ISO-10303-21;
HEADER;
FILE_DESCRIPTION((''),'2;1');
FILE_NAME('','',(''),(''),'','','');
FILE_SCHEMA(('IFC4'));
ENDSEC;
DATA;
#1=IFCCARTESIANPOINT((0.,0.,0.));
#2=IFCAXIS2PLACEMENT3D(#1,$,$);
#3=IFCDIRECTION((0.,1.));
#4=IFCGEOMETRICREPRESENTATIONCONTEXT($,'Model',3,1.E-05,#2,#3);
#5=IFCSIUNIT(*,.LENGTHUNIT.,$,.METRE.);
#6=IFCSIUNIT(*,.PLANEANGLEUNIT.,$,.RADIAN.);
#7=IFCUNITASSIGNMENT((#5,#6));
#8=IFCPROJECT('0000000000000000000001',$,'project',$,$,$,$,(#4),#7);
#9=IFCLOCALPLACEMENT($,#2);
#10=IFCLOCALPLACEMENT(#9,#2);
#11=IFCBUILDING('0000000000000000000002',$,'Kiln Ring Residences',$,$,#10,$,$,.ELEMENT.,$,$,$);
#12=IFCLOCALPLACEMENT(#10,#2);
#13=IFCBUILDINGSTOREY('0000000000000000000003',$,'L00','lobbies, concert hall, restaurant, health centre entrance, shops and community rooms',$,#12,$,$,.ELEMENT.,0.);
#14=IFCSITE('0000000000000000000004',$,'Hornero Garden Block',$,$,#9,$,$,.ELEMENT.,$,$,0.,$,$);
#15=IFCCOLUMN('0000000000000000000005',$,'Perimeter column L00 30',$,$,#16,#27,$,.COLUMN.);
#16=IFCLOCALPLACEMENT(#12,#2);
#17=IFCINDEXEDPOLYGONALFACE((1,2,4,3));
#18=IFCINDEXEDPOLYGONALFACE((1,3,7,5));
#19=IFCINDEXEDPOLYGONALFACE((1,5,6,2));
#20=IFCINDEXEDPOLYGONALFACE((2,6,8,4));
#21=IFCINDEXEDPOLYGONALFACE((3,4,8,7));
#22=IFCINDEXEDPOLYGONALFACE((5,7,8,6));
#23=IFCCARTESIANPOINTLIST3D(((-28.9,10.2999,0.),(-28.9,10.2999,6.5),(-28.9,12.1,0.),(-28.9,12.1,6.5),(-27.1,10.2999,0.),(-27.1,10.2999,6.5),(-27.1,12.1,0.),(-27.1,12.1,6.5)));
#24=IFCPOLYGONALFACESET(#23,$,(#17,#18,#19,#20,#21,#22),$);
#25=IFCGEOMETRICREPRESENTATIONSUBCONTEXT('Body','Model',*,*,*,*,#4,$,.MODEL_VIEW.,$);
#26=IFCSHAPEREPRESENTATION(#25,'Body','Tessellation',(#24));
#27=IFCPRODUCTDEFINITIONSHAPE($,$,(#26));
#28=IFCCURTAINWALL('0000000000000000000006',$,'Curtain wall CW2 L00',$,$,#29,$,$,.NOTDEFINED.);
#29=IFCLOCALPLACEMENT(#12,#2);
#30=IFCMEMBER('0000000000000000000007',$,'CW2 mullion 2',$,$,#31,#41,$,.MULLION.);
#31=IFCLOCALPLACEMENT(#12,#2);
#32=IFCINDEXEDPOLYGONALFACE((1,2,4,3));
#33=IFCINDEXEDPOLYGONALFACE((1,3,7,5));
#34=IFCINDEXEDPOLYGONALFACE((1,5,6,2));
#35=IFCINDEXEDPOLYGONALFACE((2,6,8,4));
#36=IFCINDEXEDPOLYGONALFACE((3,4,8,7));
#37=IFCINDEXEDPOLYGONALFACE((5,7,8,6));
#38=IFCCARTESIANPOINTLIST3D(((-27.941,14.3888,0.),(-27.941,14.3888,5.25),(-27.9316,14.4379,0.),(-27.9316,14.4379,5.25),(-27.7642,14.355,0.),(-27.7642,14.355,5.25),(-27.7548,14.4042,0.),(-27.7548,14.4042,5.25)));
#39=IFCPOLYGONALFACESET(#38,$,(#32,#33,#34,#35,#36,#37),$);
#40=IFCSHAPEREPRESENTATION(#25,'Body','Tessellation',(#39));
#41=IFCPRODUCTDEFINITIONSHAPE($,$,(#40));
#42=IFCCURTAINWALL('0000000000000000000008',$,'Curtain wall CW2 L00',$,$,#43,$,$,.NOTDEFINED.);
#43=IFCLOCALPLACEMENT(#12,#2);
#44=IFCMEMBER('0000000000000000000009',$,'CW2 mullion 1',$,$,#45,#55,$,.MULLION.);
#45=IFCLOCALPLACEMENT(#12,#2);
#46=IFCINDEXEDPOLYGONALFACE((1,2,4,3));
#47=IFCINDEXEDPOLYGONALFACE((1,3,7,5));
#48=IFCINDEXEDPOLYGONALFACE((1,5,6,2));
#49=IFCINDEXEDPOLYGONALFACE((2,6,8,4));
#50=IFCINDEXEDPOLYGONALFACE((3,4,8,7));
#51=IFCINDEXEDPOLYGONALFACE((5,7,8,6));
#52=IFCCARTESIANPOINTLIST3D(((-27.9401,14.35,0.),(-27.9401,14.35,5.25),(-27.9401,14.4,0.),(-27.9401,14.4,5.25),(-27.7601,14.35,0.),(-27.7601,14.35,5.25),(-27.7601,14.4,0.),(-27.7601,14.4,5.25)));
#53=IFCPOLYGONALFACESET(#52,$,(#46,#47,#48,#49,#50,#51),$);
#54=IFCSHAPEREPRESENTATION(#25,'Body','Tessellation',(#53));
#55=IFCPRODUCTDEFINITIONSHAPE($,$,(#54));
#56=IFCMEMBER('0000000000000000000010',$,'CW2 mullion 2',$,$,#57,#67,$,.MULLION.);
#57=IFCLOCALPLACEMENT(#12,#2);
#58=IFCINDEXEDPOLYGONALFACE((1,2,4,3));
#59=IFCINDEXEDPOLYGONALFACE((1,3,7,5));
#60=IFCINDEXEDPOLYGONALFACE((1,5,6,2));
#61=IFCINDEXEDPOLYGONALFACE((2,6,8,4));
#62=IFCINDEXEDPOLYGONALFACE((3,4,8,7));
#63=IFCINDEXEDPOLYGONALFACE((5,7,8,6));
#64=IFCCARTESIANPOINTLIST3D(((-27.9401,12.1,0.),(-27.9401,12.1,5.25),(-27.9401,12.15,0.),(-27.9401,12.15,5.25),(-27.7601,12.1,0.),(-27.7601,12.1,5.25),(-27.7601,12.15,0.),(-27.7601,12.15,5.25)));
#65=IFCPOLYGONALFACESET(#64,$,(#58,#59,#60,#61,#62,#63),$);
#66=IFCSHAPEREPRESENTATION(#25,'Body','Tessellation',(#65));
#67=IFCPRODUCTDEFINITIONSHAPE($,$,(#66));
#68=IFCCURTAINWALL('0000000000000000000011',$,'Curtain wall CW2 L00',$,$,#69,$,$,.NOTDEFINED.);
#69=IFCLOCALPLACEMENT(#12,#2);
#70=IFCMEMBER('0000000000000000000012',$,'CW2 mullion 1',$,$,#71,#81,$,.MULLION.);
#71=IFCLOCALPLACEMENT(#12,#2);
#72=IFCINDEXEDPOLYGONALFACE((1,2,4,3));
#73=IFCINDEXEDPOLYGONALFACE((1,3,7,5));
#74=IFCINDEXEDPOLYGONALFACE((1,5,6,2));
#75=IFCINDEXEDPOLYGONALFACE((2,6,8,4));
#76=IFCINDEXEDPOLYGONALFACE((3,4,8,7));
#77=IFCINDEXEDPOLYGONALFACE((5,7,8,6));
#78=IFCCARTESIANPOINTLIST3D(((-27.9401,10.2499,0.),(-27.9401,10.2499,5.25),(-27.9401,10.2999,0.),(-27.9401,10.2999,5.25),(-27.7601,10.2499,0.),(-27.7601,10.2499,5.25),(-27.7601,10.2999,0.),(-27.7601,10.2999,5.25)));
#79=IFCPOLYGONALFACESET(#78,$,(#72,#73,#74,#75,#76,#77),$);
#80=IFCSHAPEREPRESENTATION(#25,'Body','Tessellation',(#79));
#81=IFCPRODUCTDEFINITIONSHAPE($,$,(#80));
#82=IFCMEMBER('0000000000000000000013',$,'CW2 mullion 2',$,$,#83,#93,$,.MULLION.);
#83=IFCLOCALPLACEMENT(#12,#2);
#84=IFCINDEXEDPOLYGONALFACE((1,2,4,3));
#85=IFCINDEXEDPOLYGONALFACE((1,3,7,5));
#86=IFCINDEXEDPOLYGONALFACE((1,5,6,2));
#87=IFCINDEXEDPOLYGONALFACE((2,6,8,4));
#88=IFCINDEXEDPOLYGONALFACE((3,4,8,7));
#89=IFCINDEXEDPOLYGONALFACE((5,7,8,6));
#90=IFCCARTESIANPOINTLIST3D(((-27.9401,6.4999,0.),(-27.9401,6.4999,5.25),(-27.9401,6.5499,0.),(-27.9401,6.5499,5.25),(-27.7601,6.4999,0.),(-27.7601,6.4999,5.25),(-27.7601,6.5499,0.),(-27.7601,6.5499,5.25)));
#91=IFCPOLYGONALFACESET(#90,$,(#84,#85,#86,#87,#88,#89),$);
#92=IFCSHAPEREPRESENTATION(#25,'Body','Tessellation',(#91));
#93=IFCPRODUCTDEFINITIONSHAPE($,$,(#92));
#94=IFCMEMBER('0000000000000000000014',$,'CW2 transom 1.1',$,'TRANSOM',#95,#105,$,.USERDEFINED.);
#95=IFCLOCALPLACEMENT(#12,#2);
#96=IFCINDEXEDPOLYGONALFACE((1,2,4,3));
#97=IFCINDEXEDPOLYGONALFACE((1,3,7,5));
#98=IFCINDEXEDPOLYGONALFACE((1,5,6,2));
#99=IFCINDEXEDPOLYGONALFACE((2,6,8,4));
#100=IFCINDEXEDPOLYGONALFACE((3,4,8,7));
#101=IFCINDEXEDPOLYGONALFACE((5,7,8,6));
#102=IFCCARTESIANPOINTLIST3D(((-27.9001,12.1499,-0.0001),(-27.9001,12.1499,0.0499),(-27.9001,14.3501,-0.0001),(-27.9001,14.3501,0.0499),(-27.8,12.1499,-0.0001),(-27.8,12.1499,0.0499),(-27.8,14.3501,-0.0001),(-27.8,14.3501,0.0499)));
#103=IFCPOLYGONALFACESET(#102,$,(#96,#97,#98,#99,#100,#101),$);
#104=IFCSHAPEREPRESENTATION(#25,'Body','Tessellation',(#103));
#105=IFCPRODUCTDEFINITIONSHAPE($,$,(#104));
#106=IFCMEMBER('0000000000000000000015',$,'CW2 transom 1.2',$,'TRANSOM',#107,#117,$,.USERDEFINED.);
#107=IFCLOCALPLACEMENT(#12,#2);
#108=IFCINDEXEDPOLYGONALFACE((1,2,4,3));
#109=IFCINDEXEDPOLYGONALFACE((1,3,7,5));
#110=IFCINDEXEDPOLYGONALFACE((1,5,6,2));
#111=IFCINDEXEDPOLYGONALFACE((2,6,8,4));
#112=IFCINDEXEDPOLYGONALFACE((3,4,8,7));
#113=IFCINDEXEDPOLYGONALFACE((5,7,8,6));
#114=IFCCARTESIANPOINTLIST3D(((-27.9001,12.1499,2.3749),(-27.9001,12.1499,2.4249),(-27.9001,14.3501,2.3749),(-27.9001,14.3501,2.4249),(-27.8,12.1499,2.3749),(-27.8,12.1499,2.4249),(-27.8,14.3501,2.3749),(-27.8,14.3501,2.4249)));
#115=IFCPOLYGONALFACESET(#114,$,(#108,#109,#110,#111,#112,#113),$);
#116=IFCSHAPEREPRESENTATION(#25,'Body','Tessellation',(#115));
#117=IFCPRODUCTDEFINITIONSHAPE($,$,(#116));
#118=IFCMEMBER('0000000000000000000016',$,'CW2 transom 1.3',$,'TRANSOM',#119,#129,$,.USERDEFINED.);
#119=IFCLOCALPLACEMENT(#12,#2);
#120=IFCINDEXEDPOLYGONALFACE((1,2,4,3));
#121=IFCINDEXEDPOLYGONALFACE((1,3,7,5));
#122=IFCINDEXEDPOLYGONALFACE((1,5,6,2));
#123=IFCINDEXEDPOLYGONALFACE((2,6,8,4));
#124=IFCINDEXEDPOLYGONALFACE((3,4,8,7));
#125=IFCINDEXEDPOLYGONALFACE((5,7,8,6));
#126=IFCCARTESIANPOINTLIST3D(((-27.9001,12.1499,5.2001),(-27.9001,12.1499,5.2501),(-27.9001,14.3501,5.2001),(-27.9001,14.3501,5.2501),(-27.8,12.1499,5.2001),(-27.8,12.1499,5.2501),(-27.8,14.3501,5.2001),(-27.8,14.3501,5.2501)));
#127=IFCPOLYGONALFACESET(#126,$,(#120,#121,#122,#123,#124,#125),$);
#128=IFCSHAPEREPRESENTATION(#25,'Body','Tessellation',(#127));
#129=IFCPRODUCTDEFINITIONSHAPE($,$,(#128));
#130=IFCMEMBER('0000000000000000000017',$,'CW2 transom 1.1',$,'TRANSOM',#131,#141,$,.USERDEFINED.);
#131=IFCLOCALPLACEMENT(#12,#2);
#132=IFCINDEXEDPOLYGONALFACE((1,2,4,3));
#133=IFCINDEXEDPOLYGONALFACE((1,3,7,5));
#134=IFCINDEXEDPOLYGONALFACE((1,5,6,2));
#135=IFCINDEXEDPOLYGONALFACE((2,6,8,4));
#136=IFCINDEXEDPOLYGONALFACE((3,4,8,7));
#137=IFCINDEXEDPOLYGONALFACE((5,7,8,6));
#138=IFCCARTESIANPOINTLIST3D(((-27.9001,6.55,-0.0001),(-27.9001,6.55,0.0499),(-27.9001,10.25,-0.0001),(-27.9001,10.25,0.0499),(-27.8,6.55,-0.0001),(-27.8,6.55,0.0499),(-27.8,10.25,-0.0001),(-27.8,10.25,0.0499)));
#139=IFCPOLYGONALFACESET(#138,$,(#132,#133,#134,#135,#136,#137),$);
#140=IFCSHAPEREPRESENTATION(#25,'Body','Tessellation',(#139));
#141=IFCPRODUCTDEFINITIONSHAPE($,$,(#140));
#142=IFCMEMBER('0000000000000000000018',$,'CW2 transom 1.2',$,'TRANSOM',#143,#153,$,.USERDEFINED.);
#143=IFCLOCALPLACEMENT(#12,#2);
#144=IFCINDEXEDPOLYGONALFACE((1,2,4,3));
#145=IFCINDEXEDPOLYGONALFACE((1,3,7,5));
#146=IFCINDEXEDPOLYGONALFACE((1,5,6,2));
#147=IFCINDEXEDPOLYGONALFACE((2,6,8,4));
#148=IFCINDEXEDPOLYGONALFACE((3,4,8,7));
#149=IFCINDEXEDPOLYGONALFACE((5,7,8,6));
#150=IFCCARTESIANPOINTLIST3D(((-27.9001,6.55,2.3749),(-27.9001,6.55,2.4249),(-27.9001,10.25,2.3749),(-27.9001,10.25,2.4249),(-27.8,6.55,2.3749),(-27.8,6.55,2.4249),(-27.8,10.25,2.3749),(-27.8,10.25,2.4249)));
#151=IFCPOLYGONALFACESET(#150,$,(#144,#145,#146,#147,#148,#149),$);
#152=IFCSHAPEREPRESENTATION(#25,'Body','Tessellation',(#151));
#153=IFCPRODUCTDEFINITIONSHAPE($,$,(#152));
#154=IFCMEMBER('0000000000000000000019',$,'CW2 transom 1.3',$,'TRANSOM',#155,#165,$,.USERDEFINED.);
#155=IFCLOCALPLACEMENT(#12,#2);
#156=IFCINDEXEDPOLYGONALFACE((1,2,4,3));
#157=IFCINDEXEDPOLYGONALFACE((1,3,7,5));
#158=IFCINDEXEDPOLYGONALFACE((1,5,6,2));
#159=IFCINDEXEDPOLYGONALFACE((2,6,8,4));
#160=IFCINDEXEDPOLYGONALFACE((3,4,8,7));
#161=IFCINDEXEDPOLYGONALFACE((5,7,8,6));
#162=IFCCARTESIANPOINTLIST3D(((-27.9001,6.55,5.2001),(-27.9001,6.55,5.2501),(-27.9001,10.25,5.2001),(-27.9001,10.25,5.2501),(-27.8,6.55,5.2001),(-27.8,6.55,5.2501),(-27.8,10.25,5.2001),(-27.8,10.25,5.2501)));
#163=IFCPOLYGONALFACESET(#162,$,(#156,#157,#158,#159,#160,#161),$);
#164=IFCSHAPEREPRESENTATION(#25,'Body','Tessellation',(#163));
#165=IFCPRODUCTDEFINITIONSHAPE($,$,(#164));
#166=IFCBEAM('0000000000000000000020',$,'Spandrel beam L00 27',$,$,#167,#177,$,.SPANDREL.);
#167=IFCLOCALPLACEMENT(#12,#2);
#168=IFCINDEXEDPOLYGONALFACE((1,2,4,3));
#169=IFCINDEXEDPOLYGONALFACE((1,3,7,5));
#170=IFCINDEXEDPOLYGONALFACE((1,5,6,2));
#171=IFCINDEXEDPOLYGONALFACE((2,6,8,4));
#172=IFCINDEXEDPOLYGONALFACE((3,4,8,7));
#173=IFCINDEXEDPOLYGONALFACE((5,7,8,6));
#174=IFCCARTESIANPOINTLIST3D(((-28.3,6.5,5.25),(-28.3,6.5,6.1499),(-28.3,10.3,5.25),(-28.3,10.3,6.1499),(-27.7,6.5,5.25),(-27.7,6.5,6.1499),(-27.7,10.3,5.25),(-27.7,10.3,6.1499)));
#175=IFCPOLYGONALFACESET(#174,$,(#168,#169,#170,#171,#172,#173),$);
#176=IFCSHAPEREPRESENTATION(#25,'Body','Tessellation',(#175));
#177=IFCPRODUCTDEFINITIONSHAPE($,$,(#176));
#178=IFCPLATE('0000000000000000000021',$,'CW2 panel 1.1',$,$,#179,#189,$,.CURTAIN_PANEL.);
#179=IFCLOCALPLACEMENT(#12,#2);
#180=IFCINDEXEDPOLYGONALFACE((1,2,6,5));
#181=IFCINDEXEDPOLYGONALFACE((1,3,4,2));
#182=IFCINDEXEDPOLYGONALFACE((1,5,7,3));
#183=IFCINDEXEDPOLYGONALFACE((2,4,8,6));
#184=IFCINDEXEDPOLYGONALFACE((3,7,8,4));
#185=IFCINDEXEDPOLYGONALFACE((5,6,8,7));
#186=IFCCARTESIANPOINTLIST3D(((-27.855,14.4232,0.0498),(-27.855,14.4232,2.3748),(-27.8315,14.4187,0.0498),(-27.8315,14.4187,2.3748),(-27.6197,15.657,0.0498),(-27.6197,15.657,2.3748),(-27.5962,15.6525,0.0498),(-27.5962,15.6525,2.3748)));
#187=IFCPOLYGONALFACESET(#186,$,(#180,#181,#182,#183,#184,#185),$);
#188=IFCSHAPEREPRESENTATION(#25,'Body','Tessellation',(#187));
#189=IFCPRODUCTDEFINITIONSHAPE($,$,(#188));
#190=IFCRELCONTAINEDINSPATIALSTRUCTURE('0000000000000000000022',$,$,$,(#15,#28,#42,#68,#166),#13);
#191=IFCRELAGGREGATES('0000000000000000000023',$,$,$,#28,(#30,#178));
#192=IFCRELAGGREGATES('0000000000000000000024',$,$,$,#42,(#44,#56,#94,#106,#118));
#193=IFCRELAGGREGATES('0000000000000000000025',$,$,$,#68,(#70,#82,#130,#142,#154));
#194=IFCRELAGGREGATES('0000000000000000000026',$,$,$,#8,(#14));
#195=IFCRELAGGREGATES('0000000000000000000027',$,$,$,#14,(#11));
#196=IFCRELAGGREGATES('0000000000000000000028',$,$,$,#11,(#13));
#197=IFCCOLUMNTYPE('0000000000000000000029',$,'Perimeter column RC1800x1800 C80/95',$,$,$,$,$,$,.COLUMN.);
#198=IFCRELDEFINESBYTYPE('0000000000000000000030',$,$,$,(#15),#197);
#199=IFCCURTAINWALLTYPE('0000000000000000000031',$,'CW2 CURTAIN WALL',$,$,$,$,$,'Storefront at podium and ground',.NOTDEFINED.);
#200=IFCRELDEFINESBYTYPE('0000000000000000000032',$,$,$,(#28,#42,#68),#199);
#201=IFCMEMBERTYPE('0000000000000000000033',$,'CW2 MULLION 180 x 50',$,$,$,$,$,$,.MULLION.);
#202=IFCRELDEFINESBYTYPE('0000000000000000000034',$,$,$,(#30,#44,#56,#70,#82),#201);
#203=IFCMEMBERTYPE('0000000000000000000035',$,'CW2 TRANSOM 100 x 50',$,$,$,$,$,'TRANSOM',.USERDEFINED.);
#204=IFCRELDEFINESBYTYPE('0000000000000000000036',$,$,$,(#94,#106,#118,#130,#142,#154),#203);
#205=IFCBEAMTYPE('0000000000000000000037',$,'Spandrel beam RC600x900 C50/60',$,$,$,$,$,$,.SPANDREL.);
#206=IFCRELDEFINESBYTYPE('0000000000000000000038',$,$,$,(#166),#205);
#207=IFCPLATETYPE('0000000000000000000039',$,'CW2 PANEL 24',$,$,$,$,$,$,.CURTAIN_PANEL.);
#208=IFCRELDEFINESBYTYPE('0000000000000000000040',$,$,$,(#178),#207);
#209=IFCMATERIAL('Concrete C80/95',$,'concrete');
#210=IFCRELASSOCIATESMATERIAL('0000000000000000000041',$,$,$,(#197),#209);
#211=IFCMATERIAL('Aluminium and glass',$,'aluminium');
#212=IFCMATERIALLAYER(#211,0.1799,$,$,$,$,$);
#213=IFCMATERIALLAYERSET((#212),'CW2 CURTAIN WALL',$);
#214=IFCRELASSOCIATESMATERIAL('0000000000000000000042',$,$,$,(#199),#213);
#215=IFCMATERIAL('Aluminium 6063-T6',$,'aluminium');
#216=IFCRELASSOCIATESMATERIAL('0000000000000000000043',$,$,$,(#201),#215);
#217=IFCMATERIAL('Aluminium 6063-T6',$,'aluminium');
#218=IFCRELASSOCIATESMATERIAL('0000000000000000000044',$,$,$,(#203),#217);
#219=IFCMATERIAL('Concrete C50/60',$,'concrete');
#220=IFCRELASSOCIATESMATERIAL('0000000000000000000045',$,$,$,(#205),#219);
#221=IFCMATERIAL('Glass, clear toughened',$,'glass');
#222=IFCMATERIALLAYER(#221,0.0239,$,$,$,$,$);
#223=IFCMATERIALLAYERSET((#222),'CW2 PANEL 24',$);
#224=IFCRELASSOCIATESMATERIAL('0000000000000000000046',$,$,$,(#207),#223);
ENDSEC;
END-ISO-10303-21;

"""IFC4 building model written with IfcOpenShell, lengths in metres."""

from ifc_helpers import new_model, si_unit, direction, frame, origin, origin_2d, place, context, subcontext, project, spatial, rectangle, extrude, material, layer, layer_set, material_profile, profile_set, type_object, element, aggregate, save


model = new_model("IFC4")

# Units and contexts
model_context = context("Model", 3, precision=1e-05, world=origin(), true_north=direction((0.0, 1.0)))
body_context = subcontext(model_context, "Body", "Model", "MODEL_VIEW")
ifc_project = project(units=[si_unit("LENGTHUNIT", "METRE"), si_unit("PLANEANGLEUNIT", "RADIAN")], contexts=[model_context])

# Site, building, storey
site_placement = place(None, origin())
site = spatial("IfcSite", under=ifc_project, at=site_placement, Name="Hornero Garden Block", CompositionType="ELEMENT", RefElevation=0.0)
building_placement = place(site_placement, origin())
building = spatial("IfcBuilding", under=site, at=building_placement, Name="Kiln Ring Residences", CompositionType="ELEMENT")
storey_placement = place(building_placement, origin())
storey = spatial("IfcBuildingStorey", under=building, at=storey_placement, Name="L00", Description="lobbies, concert hall, restaurant, health centre entrance, shops and community rooms", CompositionType="ELEMENT", Elevation=0.0)

# Column
ifc_material_1 = material(Name="Concrete C80/95", Category="concrete")
ifc_material_profile_1 = material_profile(ifc_material_1, rectangle(XDim=1.8, YDim=1.8, at=origin_2d()), Name="RC1800x1800")
ifc_profile_set_1 = profile_set([ifc_material_profile_1], Name="Concrete C80/95")
column_type = type_object("IfcColumnType", Name="Perimeter column RC1800x1800 C80/95", PredefinedType="COLUMN", material=ifc_profile_set_1)
column_placement = place(storey_placement, frame((-28.0, 11.2, 0.0), z_axis=(0.0, 0.0, 1.0), x_axis=(1.0, 0.0, 0.0)))
element("IfcColumn", 1, at=column_placement, inside=storey, type_object=column_type, Name="Perimeter column L00 30", PredefinedType="COLUMN", context=body_context, shape_type="SweptSolid", body=[
    extrude(rectangle(XDim=1.8, YDim=1.8, at=origin_2d()), origin(), (0.0, 0.0, 1.0), 6.5),
])

# Curtain wall, member
ifc_material_2 = material(Name="Aluminium and glass", Category="aluminium")
ifc_layer_1 = layer(ifc_material_2, 0.1799)
ifc_layer_set_1 = layer_set([ifc_layer_1], Name="CW2 CURTAIN WALL")
curtain_wall_type = type_object("IfcCurtainWallType", Name="CW2 CURTAIN WALL", ElementType="Storefront at podium and ground", PredefinedType="NOTDEFINED", material=ifc_layer_set_1)
placement = place(storey_placement, origin())
curtain_wall_1 = element("IfcCurtainWall", 2, at=placement, inside=storey, type_object=curtain_wall_type, Name="Curtain wall CW2 L00", PredefinedType="NOTDEFINED")
ifc_material_3 = material(Name="Aluminium 6063-T6", Category="aluminium")
ifc_material_profile_2 = material_profile(ifc_material_3, rectangle(XDim=0.1799, YDim=0.05, at=origin_2d()), Name="AL 180x50")
ifc_profile_set_2 = profile_set([ifc_material_profile_2], Name="Aluminium 6063-T6")
member_type_1 = type_object("IfcMemberType", Name="CW2 MULLION 180 x 50", PredefinedType="MULLION", material=ifc_profile_set_2)
member_1_placement = place(storey_placement, frame((-27.8479, 14.3965, 0.0), z_axis=(0.0, 0.0, 1.0), x_axis=(0.98229, -0.187366, 0.0)))
member_1 = element("IfcMember", 3, at=member_1_placement, type_object=member_type_1, Name="CW2 mullion 2", PredefinedType="MULLION", context=body_context, shape_type="SweptSolid", body=[
    extrude(rectangle(XDim=0.1799, YDim=0.05, at=origin_2d()), origin(), (0.0, 0.0, 1.0), 5.25),
])

# Curtain walls, members
curtain_wall_2 = element("IfcCurtainWall", 4, at=placement, inside=storey, type_object=curtain_wall_type, Name="Curtain wall CW2 L00", PredefinedType="NOTDEFINED")
member_2_placement = place(storey_placement, frame((-27.8501, 14.375, 0.0), z_axis=(0.0, 0.0, 1.0), x_axis=(1.0, 0.0, 0.0)))
member_2 = element("IfcMember", 5, at=member_2_placement, type_object=member_type_1, Name="CW2 mullion 1", PredefinedType="MULLION", context=body_context, shape_type="SweptSolid", body=[
    extrude(rectangle(XDim=0.1799, YDim=0.05, at=origin_2d()), origin(), (0.0, 0.0, 1.0), 5.25),
])
member_3_placement = place(storey_placement, frame((-27.8501, 12.125, 0.0), z_axis=(0.0, 0.0, 1.0), x_axis=(1.0, 0.0, 0.0)))
member_3 = element("IfcMember", 6, at=member_3_placement, type_object=member_type_1, Name="CW2 mullion 2", PredefinedType="MULLION", context=body_context, shape_type="SweptSolid", body=[
    extrude(rectangle(XDim=0.1799, YDim=0.05, at=origin_2d()), origin(), (0.0, 0.0, 1.0), 5.25),
])
curtain_wall_3 = element("IfcCurtainWall", 7, at=placement, inside=storey, type_object=curtain_wall_type, Name="Curtain wall CW2 L00", PredefinedType="NOTDEFINED")
member_4_placement = place(storey_placement, frame((-27.8501, 10.2749, 0.0), z_axis=(0.0, 0.0, 1.0), x_axis=(1.0, 0.0, 0.0)))
member_4 = element("IfcMember", 8, at=member_4_placement, type_object=member_type_1, Name="CW2 mullion 1", PredefinedType="MULLION", context=body_context, shape_type="SweptSolid", body=[
    extrude(rectangle(XDim=0.1799, YDim=0.05, at=origin_2d()), origin(), (0.0, 0.0, 1.0), 5.25),
])
member_5_placement = place(storey_placement, frame((-27.8501, 6.5249, 0.0), z_axis=(0.0, 0.0, 1.0), x_axis=(1.0, 0.0, 0.0)))
member_5 = element("IfcMember", 9, at=member_5_placement, type_object=member_type_1, Name="CW2 mullion 2", PredefinedType="MULLION", context=body_context, shape_type="SweptSolid", body=[
    extrude(rectangle(XDim=0.1799, YDim=0.05, at=origin_2d()), origin(), (0.0, 0.0, 1.0), 5.25),
])

# Members
ifc_material_4 = material(Name="Aluminium 6063-T6", Category="aluminium")
ifc_material_profile_3 = material_profile(ifc_material_4, rectangle(XDim=0.1001, YDim=0.05, at=origin_2d()), Name="AL 100x50")
ifc_profile_set_3 = profile_set([ifc_material_profile_3], Name="Aluminium 6063-T6")
member_type_2 = type_object("IfcMemberType", Name="CW2 TRANSOM 100 x 50", ElementType="TRANSOM", PredefinedType="USERDEFINED", material=ifc_profile_set_3)
member_6_placement = place(storey_placement, frame((-27.8501, 14.3501, 0.0249), z_axis=(0.0, -1.0, 0.0), x_axis=(1.0, 0.0, 0.0)))
member_6 = element("IfcMember", 10, at=member_6_placement, type_object=member_type_2, Name="CW2 transom 1.1", ObjectType="TRANSOM", PredefinedType="USERDEFINED", context=body_context, shape_type="SweptSolid", body=[
    extrude(rectangle(XDim=0.1001, YDim=0.05, at=origin_2d()), origin(), (0.0, 0.0, 1.0), 2.2002),
])
member_7_placement = place(storey_placement, frame((-27.8501, 14.3501, 2.3999), z_axis=(0.0, -1.0, 0.0), x_axis=(1.0, 0.0, 0.0)))
member_7 = element("IfcMember", 11, at=member_7_placement, type_object=member_type_2, Name="CW2 transom 1.2", ObjectType="TRANSOM", PredefinedType="USERDEFINED", context=body_context, shape_type="SweptSolid", body=[
    extrude(rectangle(XDim=0.1001, YDim=0.05, at=origin_2d()), origin(), (0.0, 0.0, 1.0), 2.2002),
])
member_8_placement = place(storey_placement, frame((-27.8501, 14.3501, 5.2251), z_axis=(0.0, -1.0, 0.0), x_axis=(1.0, 0.0, 0.0)))
member_8 = element("IfcMember", 12, at=member_8_placement, type_object=member_type_2, Name="CW2 transom 1.3", ObjectType="TRANSOM", PredefinedType="USERDEFINED", context=body_context, shape_type="SweptSolid", body=[
    extrude(rectangle(XDim=0.1001, YDim=0.05, at=origin_2d()), origin(), (0.0, 0.0, 1.0), 2.2002),
])
member_9_placement = place(storey_placement, frame((-27.8501, 10.25, 0.0249), z_axis=(0.0, -1.0, 0.0), x_axis=(1.0, 0.0, 0.0)))
member_9 = element("IfcMember", 13, at=member_9_placement, type_object=member_type_2, Name="CW2 transom 1.1", ObjectType="TRANSOM", PredefinedType="USERDEFINED", context=body_context, shape_type="SweptSolid", body=[
    extrude(rectangle(XDim=0.1001, YDim=0.05, at=origin_2d()), origin(), (0.0, 0.0, 1.0), 3.7),
])
member_10_placement = place(storey_placement, frame((-27.8501, 10.25, 2.3999), z_axis=(0.0, -1.0, 0.0), x_axis=(1.0, 0.0, 0.0)))
member_10 = element("IfcMember", 14, at=member_10_placement, type_object=member_type_2, Name="CW2 transom 1.2", ObjectType="TRANSOM", PredefinedType="USERDEFINED", context=body_context, shape_type="SweptSolid", body=[
    extrude(rectangle(XDim=0.1001, YDim=0.05, at=origin_2d()), origin(), (0.0, 0.0, 1.0), 3.7),
])
member_11_placement = place(storey_placement, frame((-27.8501, 10.25, 5.2251), z_axis=(0.0, -1.0, 0.0), x_axis=(1.0, 0.0, 0.0)))
member_11 = element("IfcMember", 15, at=member_11_placement, type_object=member_type_2, Name="CW2 transom 1.3", ObjectType="TRANSOM", PredefinedType="USERDEFINED", context=body_context, shape_type="SweptSolid", body=[
    extrude(rectangle(XDim=0.1001, YDim=0.05, at=origin_2d()), origin(), (0.0, 0.0, 1.0), 3.7),
])

# Beam
ifc_material_5 = material(Name="Concrete C50/60", Category="concrete")
ifc_material_profile_4 = material_profile(ifc_material_5, rectangle(XDim=0.6001, YDim=0.8999, at=origin_2d()), Name="RC600x900")
ifc_profile_set_4 = profile_set([ifc_material_profile_4], Name="Concrete C50/60")
beam_type = type_object("IfcBeamType", Name="Spandrel beam RC600x900 C50/60", PredefinedType="SPANDREL", material=ifc_profile_set_4)
beam_placement = place(storey_placement, frame((-28.0, 10.3, 5.7), z_axis=(0.0, -1.0, 0.0), x_axis=(1.0, 0.0, 0.0)))
element("IfcBeam", 16, at=beam_placement, inside=storey, type_object=beam_type, Name="Spandrel beam L00 27", PredefinedType="SPANDREL", context=body_context, shape_type="SweptSolid", body=[
    extrude(rectangle(XDim=0.6001, YDim=0.8999, at=origin_2d()), origin(), (0.0, 0.0, 1.0), 3.8),
])

# Plate
ifc_material_6 = material(Name="Glass, clear toughened", Category="glass")
ifc_layer_2 = layer(ifc_material_6, 0.0239)
ifc_layer_set_2 = layer_set([ifc_layer_2], Name="CW2 PANEL 24")
plate_type = type_object("IfcPlateType", Name="CW2 PANEL 24", PredefinedType="CURTAIN_PANEL", material=ifc_layer_set_2)
plate_1_placement = place(storey_placement, frame((-27.7256, 15.0378, 0.0498), z_axis=(0.0, 0.0, 1.0), x_axis=(-0.187366, -0.98229, 0.0)))
plate_1 = element("IfcPlate", 17, at=plate_1_placement, type_object=plate_type, Name="CW2 panel 1.1", PredefinedType="CURTAIN_PANEL", context=body_context, shape_type="SweptSolid", body=[
    extrude(rectangle(XDim=1.2561, YDim=0.0239, at=origin_2d()), origin(), (0.0, 0.0, 1.0), 2.325),
])
aggregate(curtain_wall_1, [member_1, plate_1])
aggregate(curtain_wall_2, [member_2, member_3, member_6, member_7, member_8])
aggregate(curtain_wall_3, [member_4, member_5, member_9, member_10, member_11])

save(model, "model.ifc")
